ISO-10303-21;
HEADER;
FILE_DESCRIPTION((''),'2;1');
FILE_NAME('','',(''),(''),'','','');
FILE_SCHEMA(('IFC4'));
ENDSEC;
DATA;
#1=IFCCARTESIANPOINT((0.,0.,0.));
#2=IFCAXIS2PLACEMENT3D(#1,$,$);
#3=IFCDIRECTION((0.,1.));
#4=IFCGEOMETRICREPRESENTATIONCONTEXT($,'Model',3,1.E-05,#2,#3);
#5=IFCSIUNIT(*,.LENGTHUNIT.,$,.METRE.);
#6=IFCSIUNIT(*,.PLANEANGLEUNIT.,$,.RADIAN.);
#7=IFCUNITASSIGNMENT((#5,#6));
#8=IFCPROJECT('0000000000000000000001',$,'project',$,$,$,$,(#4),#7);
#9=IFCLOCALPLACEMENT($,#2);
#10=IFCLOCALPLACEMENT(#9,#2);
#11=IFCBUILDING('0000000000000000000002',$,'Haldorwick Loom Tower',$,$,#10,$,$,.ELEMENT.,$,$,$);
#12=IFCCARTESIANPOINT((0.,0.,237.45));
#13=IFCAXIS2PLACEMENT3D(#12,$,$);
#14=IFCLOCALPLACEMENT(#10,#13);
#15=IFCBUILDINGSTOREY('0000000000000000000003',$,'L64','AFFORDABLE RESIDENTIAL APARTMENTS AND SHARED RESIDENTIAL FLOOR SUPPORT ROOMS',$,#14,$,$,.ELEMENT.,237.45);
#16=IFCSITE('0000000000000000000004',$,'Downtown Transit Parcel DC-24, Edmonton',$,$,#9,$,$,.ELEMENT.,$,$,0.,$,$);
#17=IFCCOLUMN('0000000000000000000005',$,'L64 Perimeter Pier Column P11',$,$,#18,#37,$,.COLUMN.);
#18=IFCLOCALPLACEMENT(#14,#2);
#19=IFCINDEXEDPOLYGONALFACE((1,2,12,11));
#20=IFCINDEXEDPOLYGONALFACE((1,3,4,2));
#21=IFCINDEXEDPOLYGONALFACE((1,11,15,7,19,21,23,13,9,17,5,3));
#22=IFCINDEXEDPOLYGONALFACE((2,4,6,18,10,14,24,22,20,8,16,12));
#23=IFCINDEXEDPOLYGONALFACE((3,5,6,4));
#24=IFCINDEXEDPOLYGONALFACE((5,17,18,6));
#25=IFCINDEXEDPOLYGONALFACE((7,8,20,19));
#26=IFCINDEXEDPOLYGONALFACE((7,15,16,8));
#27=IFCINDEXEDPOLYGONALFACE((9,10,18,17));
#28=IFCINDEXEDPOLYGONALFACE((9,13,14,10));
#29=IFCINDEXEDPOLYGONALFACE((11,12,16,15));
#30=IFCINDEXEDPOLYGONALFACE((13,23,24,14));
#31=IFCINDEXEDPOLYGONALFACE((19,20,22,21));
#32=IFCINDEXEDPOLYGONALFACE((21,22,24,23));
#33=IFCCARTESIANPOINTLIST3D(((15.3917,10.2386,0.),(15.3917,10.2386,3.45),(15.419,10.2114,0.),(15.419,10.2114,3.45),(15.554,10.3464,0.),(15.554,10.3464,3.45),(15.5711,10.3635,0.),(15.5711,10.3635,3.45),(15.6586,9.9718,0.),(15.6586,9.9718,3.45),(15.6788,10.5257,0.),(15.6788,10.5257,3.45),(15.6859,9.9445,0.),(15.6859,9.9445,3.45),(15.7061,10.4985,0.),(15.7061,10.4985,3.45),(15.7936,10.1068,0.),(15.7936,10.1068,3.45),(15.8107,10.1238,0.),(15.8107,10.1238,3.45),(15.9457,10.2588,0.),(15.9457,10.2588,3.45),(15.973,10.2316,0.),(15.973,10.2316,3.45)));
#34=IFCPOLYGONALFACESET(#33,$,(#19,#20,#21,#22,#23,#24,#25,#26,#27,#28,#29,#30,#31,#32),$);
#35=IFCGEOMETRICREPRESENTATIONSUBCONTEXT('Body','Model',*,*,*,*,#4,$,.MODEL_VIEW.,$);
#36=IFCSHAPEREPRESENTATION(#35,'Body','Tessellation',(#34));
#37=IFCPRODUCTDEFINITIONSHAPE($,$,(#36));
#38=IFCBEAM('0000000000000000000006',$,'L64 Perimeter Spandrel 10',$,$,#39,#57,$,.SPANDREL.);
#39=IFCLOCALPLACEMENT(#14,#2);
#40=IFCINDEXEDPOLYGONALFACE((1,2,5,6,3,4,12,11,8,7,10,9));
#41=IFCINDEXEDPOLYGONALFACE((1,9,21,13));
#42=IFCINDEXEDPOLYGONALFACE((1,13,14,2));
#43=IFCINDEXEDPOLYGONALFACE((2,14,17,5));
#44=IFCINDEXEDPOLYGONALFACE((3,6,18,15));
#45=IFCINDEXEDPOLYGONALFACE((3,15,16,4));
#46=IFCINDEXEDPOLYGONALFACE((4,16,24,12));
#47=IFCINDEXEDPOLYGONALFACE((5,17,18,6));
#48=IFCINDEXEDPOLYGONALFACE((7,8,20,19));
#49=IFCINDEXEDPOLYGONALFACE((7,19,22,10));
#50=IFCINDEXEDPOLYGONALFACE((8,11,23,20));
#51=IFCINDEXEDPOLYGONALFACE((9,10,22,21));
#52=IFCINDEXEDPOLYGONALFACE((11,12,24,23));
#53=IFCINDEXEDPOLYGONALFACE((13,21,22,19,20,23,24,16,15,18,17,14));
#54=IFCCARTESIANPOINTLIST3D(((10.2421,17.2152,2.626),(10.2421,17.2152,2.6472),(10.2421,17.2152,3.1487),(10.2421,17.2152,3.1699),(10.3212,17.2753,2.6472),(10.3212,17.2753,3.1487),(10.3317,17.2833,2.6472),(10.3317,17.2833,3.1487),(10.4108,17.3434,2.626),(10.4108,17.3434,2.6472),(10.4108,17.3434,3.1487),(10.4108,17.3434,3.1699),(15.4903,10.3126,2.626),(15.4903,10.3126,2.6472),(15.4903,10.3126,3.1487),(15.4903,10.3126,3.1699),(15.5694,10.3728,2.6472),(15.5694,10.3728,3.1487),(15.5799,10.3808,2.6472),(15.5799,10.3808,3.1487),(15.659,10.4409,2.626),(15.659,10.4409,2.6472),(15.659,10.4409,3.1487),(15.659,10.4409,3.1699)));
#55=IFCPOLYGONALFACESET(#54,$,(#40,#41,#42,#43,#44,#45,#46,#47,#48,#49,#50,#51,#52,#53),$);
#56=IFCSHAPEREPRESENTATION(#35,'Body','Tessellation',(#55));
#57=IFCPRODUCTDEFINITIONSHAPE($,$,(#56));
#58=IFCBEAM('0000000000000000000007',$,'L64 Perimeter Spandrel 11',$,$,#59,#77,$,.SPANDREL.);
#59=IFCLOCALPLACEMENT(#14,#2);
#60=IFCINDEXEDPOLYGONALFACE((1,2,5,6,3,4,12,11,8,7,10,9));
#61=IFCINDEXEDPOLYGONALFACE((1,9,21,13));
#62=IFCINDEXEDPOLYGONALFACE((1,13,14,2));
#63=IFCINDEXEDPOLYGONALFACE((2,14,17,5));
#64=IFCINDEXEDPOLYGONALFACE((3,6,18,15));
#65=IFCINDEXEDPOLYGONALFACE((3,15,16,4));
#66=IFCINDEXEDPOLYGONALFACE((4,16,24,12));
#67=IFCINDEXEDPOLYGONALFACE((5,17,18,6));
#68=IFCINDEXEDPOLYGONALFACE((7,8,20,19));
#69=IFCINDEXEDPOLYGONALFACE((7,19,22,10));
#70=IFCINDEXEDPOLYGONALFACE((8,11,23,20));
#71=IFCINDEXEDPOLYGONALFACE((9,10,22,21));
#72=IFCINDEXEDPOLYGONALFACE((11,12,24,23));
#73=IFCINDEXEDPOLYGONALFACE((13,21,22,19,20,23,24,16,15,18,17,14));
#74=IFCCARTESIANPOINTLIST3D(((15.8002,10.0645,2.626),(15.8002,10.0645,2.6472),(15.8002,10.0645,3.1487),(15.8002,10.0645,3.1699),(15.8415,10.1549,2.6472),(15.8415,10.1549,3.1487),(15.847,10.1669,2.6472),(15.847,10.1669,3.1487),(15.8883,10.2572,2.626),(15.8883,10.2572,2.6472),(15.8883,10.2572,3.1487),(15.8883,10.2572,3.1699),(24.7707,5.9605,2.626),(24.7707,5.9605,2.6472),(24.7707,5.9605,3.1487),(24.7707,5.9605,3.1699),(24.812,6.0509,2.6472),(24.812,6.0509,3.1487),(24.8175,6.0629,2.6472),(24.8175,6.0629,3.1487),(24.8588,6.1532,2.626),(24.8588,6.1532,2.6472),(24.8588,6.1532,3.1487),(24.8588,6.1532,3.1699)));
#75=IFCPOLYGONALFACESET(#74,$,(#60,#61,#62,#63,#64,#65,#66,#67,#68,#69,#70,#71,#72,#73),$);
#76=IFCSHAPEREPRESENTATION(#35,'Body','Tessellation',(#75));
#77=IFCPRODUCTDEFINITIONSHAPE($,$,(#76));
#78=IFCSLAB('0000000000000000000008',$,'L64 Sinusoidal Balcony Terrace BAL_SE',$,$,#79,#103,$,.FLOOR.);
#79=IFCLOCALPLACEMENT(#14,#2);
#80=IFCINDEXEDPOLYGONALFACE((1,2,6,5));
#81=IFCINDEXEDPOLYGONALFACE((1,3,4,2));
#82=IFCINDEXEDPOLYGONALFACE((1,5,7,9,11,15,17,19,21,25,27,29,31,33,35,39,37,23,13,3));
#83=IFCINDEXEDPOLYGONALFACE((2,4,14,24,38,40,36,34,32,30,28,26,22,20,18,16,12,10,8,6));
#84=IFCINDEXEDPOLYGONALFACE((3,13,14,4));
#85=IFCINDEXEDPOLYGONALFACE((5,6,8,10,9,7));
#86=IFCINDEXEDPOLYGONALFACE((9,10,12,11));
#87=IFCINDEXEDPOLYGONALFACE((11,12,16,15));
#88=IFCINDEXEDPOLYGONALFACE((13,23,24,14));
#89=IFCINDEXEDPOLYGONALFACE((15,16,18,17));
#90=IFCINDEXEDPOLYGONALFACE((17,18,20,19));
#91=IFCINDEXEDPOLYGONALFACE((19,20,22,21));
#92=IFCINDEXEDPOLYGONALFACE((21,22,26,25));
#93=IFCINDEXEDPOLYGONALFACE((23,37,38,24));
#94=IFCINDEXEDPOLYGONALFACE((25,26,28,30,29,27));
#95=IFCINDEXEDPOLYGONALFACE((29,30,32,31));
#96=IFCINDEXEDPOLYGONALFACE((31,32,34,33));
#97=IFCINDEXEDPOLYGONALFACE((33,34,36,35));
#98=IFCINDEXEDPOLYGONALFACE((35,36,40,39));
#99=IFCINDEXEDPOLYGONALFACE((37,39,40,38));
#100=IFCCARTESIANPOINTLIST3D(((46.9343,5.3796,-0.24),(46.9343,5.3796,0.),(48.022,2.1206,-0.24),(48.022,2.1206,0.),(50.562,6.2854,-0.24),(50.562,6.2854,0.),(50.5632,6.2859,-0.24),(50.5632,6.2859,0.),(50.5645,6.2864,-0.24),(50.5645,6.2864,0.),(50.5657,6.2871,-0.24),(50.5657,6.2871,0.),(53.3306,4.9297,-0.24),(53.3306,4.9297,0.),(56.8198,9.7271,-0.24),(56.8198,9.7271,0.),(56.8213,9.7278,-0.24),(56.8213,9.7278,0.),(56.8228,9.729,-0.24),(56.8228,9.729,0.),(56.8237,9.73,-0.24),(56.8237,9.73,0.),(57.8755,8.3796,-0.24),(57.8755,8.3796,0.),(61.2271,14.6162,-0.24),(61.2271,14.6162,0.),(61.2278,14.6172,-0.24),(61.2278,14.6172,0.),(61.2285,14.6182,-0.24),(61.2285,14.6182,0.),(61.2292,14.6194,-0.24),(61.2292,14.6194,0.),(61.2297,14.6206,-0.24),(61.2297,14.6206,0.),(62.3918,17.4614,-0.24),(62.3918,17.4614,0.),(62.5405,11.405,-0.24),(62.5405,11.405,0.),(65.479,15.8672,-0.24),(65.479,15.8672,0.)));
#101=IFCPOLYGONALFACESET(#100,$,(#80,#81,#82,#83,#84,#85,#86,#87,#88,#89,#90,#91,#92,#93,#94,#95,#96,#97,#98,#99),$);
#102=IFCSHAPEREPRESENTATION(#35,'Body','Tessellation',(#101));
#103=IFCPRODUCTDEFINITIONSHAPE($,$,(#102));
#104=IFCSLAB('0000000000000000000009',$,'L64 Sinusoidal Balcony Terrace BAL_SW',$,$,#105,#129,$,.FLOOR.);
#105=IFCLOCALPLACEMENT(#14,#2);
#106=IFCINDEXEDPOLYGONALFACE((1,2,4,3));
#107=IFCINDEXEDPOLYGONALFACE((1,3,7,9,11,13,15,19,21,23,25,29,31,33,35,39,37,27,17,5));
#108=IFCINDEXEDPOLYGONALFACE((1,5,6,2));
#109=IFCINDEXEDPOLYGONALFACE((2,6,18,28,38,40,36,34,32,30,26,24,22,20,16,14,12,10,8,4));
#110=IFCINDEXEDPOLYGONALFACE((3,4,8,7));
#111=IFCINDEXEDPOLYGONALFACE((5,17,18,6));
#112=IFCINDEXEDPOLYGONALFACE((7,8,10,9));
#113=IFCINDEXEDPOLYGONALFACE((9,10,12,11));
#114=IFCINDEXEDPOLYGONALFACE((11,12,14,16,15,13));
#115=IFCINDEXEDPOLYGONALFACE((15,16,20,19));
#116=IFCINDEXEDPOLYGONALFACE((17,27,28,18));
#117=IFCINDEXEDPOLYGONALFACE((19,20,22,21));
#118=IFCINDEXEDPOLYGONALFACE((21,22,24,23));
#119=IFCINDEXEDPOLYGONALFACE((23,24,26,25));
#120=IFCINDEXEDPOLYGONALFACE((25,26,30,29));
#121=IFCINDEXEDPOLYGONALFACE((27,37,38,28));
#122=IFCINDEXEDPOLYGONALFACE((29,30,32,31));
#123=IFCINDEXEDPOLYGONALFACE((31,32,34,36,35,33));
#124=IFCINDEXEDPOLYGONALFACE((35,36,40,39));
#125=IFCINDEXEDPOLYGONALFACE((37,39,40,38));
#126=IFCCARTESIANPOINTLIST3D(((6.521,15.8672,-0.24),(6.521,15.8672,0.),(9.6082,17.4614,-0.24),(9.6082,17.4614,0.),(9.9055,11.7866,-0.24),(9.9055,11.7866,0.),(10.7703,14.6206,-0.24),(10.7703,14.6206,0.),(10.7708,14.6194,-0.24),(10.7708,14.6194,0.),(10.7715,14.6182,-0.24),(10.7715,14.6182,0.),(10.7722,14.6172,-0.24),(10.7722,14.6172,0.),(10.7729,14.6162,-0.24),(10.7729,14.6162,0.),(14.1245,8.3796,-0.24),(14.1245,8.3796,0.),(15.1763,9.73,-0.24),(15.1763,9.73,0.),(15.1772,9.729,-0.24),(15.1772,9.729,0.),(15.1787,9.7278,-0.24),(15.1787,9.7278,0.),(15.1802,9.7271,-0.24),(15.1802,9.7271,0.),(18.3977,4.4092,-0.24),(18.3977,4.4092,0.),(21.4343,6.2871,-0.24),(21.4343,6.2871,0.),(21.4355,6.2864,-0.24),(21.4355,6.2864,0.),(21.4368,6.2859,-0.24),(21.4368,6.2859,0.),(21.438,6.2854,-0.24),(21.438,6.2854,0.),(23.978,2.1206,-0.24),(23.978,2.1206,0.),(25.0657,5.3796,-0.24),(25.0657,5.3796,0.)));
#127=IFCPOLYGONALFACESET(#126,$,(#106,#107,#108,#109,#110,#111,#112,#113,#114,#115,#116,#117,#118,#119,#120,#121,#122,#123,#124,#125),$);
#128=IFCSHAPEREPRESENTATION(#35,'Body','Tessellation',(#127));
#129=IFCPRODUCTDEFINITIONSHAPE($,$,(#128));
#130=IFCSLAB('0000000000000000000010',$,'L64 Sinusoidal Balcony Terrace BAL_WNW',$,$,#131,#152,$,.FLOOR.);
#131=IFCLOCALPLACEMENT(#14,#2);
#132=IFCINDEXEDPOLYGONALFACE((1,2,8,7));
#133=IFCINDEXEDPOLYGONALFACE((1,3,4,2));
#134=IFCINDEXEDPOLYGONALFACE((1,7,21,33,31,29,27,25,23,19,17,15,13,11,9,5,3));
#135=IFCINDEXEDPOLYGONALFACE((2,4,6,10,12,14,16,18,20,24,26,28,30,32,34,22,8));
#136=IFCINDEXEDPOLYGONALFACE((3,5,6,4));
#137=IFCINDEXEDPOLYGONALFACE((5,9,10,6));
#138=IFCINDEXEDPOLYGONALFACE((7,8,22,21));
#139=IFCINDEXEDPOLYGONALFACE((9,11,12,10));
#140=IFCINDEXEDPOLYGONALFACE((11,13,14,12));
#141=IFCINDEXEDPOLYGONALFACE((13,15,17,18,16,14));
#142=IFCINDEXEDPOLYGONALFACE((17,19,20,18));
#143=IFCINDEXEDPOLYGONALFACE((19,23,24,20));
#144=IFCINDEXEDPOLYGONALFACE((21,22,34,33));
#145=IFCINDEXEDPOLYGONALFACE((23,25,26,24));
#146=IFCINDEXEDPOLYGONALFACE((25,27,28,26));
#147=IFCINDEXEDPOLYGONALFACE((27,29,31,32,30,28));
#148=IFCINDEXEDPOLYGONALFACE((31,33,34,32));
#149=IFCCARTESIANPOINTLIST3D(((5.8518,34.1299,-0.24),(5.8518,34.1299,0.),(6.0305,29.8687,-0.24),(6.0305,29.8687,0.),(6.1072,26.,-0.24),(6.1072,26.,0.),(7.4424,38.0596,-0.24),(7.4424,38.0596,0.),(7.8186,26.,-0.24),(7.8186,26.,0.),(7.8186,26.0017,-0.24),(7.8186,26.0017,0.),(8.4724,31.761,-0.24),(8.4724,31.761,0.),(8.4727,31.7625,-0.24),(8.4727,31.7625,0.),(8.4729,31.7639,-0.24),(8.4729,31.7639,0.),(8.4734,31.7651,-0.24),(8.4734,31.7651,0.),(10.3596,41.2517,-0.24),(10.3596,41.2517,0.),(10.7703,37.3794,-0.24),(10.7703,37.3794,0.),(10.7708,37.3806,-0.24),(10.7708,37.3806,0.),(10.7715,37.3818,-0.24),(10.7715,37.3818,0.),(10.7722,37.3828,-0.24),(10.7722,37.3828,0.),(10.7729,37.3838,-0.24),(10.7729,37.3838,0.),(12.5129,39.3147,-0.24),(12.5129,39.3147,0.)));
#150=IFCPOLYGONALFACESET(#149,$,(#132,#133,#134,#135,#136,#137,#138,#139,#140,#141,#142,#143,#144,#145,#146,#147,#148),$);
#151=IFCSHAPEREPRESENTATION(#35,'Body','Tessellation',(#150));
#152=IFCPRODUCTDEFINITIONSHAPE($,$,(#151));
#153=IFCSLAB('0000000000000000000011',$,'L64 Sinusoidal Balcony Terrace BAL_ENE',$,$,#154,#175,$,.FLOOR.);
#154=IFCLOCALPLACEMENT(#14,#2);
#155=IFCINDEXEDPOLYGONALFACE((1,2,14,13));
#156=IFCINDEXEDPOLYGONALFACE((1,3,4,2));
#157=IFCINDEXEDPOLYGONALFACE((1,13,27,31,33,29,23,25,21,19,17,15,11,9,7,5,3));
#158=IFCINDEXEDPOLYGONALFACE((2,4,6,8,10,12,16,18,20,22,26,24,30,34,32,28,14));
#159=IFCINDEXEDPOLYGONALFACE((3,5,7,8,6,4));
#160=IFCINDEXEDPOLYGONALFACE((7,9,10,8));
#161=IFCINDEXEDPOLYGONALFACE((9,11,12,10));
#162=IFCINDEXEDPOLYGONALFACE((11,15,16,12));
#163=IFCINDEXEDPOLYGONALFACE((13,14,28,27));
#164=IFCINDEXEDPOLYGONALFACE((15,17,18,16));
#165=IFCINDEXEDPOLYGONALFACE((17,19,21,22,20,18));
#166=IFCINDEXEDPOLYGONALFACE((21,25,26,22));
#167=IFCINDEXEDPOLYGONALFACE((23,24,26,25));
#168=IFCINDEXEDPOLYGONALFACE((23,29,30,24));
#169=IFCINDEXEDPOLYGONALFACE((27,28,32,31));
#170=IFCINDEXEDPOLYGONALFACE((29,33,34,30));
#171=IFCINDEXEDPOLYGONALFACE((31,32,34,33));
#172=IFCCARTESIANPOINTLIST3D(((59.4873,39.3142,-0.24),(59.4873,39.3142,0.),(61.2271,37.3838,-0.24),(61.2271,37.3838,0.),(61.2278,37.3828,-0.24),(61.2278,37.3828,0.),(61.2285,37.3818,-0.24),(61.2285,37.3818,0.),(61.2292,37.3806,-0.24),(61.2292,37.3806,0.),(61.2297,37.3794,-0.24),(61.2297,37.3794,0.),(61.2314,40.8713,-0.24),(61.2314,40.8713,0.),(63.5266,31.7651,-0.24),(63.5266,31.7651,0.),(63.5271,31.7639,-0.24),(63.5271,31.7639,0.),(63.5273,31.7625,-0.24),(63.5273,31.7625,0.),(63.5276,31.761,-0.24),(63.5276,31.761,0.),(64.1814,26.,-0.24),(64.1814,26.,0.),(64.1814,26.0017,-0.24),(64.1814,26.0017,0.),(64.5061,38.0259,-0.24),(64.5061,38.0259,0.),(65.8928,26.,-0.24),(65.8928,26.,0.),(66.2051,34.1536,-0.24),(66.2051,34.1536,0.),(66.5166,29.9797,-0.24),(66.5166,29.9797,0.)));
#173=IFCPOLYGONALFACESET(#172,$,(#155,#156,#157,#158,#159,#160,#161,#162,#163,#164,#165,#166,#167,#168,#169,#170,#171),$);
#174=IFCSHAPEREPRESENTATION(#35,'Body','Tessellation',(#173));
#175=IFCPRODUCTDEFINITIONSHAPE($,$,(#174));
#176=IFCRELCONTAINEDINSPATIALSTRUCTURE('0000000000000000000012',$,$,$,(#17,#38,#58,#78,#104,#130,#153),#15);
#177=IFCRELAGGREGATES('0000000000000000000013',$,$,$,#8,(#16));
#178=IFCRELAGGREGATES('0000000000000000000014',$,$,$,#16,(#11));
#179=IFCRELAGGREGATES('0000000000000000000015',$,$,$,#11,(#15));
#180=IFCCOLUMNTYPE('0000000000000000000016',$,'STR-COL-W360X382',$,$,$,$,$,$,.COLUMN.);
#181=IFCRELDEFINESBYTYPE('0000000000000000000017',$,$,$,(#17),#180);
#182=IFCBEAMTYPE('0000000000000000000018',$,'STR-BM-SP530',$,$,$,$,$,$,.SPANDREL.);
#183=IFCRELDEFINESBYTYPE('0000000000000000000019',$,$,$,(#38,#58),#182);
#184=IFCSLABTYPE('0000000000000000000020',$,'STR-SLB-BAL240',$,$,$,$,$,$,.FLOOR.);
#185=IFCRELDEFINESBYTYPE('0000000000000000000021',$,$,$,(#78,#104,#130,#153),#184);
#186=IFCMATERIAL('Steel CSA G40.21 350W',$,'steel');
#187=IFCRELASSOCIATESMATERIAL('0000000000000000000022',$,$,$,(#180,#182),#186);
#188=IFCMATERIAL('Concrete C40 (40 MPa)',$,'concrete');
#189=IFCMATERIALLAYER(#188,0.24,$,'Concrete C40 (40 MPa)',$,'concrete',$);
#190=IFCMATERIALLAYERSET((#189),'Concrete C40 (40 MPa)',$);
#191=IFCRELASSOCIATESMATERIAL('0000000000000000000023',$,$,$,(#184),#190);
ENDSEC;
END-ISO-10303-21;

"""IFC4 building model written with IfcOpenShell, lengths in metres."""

from ifc_helpers import new_model, si_unit, direction, frame, origin, origin_2d, place, context, subcontext, project, spatial, polyline, i_section, outline, extrude, material, layer, layer_set, material_profile, profile_set, type_object, element, save


model = new_model("IFC4")

# Units and contexts
model_context = context("Model", 3, precision=1e-05, world=origin(), true_north=direction((0.0, 1.0)))
body_context = subcontext(model_context, "Body", "Model", "MODEL_VIEW")
ifc_project = project(units=[si_unit("LENGTHUNIT", "METRE"), si_unit("PLANEANGLEUNIT", "RADIAN")], contexts=[model_context])

# Site, building, storey
site_placement = place(None, origin())
site = spatial("IfcSite", under=ifc_project, at=site_placement, Name="Downtown Transit Parcel DC-24, Edmonton", CompositionType="ELEMENT", RefElevation=0.0)
building_placement = place(site_placement, origin())
building = spatial("IfcBuilding", under=site, at=building_placement, Name="Haldorwick Loom Tower", CompositionType="ELEMENT")
storey_placement = place(building_placement, frame((0.0, 0.0, 237.45)))
storey = spatial("IfcBuildingStorey", under=building, at=storey_placement, Name="L64", Description="AFFORDABLE RESIDENTIAL APARTMENTS AND SHARED RESIDENTIAL FLOOR SUPPORT ROOMS", CompositionType="ELEMENT", Elevation=237.45)

# Column
ifc_material_1 = material(Name="Steel CSA G40.21 350W", Category="steel")
ifc_material_profile_1 = material_profile(ifc_material_1, i_section(OverallWidth=0.406, OverallDepth=0.416, WebThickness=0.0242, FlangeThickness=0.0386, at=origin_2d()), Name="W360X382", Category="steel")
ifc_profile_set_1 = profile_set([ifc_material_profile_1], Name="Steel CSA G40.21 350W")
column_type = type_object("IfcColumnType", Name="STR-COL-W360X382", PredefinedType="COLUMN", material=ifc_profile_set_1)
column_placement = place(storey_placement, frame((15.6824, 10.2351, 0.0), z_axis=(0.0, 0.0, 1.0), x_axis=(-0.707107, -0.707107, 0.0)))
element("IfcColumn", 1, at=column_placement, inside=storey, type_object=column_type, Name="L64 Perimeter Pier Column P11", PredefinedType="COLUMN", context=body_context, shape_type="SweptSolid", body=[
    extrude(i_section(OverallWidth=0.406, OverallDepth=0.416, WebThickness=0.0242, FlangeThickness=0.0386, at=origin_2d()), origin(), (0.0, 0.0, 1.0), 3.45),
])

# Beams
ifc_material_profile_2 = material_profile(ifc_material_1, i_section(OverallWidth=0.2119, OverallDepth=0.5439, WebThickness=0.0132, FlangeThickness=0.0212, at=origin_2d()), Name="W530X123", Category="steel")
ifc_profile_set_2 = profile_set([ifc_material_profile_2], Name="Steel CSA G40.21 350W")
beam_type = type_object("IfcBeamType", Name="STR-BM-SP530", PredefinedType="SPANDREL", material=ifc_profile_set_2)
beam_1_placement = place(storey_placement, frame((10.3264, 17.2793, 2.8979), z_axis=(0.605253, -0.796033, 0.0), x_axis=(0.796033, 0.605253, 0.0)))
element("IfcBeam", 2, at=beam_1_placement, inside=storey, type_object=beam_type, Name="L64 Perimeter Spandrel 10", PredefinedType="SPANDREL", context=body_context, shape_type="SweptSolid", body=[
    extrude(i_section(OverallWidth=0.2119, OverallDepth=0.5439, WebThickness=0.0132, FlangeThickness=0.0212, at=origin_2d()), origin(), (0.0, 0.0, 1.0), 8.6711),
])
beam_2_placement = place(storey_placement, frame((15.8442, 10.1609, 2.8979), z_axis=(0.909351, -0.41603, 0.0), x_axis=(0.41603, 0.909351, 0.0)))
element("IfcBeam", 3, at=beam_2_placement, inside=storey, type_object=beam_type, Name="L64 Perimeter Spandrel 11", PredefinedType="SPANDREL", context=body_context, shape_type="SweptSolid", body=[
    extrude(i_section(OverallWidth=0.2119, OverallDepth=0.5439, WebThickness=0.0132, FlangeThickness=0.0212, at=origin_2d()), origin(), (0.0, 0.0, 1.0), 9.8647),
])

# Slabs
ifc_material_2 = material(Name="Concrete C40 (40 MPa)", Category="concrete")
ifc_layer_1 = layer(ifc_material_2, 0.24, Name="Concrete C40 (40 MPa)", Category="concrete")
ifc_layer_set_1 = layer_set([ifc_layer_1], Name="Concrete C40 (40 MPa)")
slab_type_1 = type_object("IfcSlabType", Name="STR-SLB-BAL240", PredefinedType="FLOOR", material=ifc_layer_set_1)
slab_1_placement = place(storey_placement, frame((0.0, 0.0, -0.24)))
element("IfcSlab", 4, at=slab_1_placement, inside=storey, type_object=slab_type_1, Name="L64 Sinusoidal Balcony Terrace BAL_SE", PredefinedType="FLOOR", context=body_context, shape_type="SweptSolid", body=[
    extrude(outline(polyline([(62.3918, 17.4614), (61.2297, 14.6206), (61.2292, 14.6194), (61.2285, 14.6182), (61.2278, 14.6172), (61.2271, 14.6162), (56.8237, 9.73), (56.8228, 9.729), (56.8213, 9.7278), (56.8198, 9.7271), (50.5657, 6.2871), (50.5645, 6.2864), (50.5632, 6.2859), (50.562, 6.2854), (46.9343, 5.3796), (48.022, 2.1206), (53.3306, 4.9297), (57.8755, 8.3796), (62.5405, 11.405), (65.479, 15.8672), (62.3918, 17.4614)])), origin(), (0.0, 0.0, 1.0), 0.24),
])
slab_2_placement = place(storey_placement, frame((0.0, 0.0, -0.24)))
element("IfcSlab", 5, at=slab_2_placement, inside=storey, type_object=slab_type_1, Name="L64 Sinusoidal Balcony Terrace BAL_SW", PredefinedType="FLOOR", context=body_context, shape_type="SweptSolid", body=[
    extrude(outline(polyline([(25.0657, 5.3796), (21.438, 6.2854), (21.4368, 6.2859), (21.4355, 6.2864), (21.4343, 6.2871), (15.1802, 9.7271), (15.1787, 9.7278), (15.1772, 9.729), (15.1763, 9.73), (10.7729, 14.6162), (10.7722, 14.6172), (10.7715, 14.6182), (10.7708, 14.6194), (10.7703, 14.6206), (9.6082, 17.4614), (6.521, 15.8672), (9.9055, 11.7866), (14.1245, 8.3796), (18.3977, 4.4092), (23.978, 2.1206), (25.0657, 5.3796)])), origin(), (0.0, 0.0, 1.0), 0.24),
])
slab_3_placement = place(storey_placement, frame((0.0, 0.0, -0.24)))
element("IfcSlab", 6, at=slab_3_placement, inside=storey, type_object=slab_type_1, Name="L64 Sinusoidal Balcony Terrace BAL_WNW", PredefinedType="FLOOR", context=body_context, shape_type="SweptSolid", body=[
    extrude(outline(polyline([(7.8186, 26.0), (7.8186, 26.0017), (8.4724, 31.761), (8.4727, 31.7625), (8.4729, 31.7639), (8.4734, 31.7651), (10.7703, 37.3794), (10.7708, 37.3806), (10.7715, 37.3818), (10.7722, 37.3828), (10.7729, 37.3838), (12.5129, 39.3147), (10.3596, 41.2517), (7.4424, 38.0596), (5.8518, 34.1299), (6.0305, 29.8687), (6.1072, 26.0), (7.8186, 26.0)])), origin(), (0.0, 0.0, 1.0), 0.24),
])
slab_4_placement = place(storey_placement, frame((0.0, 0.0, -0.24)))
element("IfcSlab", 7, at=slab_4_placement, inside=storey, type_object=slab_type_1, Name="L64 Sinusoidal Balcony Terrace BAL_ENE", PredefinedType="FLOOR", context=body_context, shape_type="SweptSolid", body=[
    extrude(outline(polyline([(59.4873, 39.3142), (61.2271, 37.3838), (61.2278, 37.3828), (61.2285, 37.3818), (61.2292, 37.3806), (61.2297, 37.3794), (63.5266, 31.7651), (63.5271, 31.7639), (63.5273, 31.7625), (63.5276, 31.761), (64.1814, 26.0017), (64.1814, 26.0), (65.8928, 26.0), (66.5166, 29.9797), (66.2051, 34.1536), (64.5061, 38.0259), (61.2314, 40.8713), (59.4873, 39.3142)])), origin(), (0.0, 0.0, 1.0), 0.24),
])

save(model, "model.ifc")
